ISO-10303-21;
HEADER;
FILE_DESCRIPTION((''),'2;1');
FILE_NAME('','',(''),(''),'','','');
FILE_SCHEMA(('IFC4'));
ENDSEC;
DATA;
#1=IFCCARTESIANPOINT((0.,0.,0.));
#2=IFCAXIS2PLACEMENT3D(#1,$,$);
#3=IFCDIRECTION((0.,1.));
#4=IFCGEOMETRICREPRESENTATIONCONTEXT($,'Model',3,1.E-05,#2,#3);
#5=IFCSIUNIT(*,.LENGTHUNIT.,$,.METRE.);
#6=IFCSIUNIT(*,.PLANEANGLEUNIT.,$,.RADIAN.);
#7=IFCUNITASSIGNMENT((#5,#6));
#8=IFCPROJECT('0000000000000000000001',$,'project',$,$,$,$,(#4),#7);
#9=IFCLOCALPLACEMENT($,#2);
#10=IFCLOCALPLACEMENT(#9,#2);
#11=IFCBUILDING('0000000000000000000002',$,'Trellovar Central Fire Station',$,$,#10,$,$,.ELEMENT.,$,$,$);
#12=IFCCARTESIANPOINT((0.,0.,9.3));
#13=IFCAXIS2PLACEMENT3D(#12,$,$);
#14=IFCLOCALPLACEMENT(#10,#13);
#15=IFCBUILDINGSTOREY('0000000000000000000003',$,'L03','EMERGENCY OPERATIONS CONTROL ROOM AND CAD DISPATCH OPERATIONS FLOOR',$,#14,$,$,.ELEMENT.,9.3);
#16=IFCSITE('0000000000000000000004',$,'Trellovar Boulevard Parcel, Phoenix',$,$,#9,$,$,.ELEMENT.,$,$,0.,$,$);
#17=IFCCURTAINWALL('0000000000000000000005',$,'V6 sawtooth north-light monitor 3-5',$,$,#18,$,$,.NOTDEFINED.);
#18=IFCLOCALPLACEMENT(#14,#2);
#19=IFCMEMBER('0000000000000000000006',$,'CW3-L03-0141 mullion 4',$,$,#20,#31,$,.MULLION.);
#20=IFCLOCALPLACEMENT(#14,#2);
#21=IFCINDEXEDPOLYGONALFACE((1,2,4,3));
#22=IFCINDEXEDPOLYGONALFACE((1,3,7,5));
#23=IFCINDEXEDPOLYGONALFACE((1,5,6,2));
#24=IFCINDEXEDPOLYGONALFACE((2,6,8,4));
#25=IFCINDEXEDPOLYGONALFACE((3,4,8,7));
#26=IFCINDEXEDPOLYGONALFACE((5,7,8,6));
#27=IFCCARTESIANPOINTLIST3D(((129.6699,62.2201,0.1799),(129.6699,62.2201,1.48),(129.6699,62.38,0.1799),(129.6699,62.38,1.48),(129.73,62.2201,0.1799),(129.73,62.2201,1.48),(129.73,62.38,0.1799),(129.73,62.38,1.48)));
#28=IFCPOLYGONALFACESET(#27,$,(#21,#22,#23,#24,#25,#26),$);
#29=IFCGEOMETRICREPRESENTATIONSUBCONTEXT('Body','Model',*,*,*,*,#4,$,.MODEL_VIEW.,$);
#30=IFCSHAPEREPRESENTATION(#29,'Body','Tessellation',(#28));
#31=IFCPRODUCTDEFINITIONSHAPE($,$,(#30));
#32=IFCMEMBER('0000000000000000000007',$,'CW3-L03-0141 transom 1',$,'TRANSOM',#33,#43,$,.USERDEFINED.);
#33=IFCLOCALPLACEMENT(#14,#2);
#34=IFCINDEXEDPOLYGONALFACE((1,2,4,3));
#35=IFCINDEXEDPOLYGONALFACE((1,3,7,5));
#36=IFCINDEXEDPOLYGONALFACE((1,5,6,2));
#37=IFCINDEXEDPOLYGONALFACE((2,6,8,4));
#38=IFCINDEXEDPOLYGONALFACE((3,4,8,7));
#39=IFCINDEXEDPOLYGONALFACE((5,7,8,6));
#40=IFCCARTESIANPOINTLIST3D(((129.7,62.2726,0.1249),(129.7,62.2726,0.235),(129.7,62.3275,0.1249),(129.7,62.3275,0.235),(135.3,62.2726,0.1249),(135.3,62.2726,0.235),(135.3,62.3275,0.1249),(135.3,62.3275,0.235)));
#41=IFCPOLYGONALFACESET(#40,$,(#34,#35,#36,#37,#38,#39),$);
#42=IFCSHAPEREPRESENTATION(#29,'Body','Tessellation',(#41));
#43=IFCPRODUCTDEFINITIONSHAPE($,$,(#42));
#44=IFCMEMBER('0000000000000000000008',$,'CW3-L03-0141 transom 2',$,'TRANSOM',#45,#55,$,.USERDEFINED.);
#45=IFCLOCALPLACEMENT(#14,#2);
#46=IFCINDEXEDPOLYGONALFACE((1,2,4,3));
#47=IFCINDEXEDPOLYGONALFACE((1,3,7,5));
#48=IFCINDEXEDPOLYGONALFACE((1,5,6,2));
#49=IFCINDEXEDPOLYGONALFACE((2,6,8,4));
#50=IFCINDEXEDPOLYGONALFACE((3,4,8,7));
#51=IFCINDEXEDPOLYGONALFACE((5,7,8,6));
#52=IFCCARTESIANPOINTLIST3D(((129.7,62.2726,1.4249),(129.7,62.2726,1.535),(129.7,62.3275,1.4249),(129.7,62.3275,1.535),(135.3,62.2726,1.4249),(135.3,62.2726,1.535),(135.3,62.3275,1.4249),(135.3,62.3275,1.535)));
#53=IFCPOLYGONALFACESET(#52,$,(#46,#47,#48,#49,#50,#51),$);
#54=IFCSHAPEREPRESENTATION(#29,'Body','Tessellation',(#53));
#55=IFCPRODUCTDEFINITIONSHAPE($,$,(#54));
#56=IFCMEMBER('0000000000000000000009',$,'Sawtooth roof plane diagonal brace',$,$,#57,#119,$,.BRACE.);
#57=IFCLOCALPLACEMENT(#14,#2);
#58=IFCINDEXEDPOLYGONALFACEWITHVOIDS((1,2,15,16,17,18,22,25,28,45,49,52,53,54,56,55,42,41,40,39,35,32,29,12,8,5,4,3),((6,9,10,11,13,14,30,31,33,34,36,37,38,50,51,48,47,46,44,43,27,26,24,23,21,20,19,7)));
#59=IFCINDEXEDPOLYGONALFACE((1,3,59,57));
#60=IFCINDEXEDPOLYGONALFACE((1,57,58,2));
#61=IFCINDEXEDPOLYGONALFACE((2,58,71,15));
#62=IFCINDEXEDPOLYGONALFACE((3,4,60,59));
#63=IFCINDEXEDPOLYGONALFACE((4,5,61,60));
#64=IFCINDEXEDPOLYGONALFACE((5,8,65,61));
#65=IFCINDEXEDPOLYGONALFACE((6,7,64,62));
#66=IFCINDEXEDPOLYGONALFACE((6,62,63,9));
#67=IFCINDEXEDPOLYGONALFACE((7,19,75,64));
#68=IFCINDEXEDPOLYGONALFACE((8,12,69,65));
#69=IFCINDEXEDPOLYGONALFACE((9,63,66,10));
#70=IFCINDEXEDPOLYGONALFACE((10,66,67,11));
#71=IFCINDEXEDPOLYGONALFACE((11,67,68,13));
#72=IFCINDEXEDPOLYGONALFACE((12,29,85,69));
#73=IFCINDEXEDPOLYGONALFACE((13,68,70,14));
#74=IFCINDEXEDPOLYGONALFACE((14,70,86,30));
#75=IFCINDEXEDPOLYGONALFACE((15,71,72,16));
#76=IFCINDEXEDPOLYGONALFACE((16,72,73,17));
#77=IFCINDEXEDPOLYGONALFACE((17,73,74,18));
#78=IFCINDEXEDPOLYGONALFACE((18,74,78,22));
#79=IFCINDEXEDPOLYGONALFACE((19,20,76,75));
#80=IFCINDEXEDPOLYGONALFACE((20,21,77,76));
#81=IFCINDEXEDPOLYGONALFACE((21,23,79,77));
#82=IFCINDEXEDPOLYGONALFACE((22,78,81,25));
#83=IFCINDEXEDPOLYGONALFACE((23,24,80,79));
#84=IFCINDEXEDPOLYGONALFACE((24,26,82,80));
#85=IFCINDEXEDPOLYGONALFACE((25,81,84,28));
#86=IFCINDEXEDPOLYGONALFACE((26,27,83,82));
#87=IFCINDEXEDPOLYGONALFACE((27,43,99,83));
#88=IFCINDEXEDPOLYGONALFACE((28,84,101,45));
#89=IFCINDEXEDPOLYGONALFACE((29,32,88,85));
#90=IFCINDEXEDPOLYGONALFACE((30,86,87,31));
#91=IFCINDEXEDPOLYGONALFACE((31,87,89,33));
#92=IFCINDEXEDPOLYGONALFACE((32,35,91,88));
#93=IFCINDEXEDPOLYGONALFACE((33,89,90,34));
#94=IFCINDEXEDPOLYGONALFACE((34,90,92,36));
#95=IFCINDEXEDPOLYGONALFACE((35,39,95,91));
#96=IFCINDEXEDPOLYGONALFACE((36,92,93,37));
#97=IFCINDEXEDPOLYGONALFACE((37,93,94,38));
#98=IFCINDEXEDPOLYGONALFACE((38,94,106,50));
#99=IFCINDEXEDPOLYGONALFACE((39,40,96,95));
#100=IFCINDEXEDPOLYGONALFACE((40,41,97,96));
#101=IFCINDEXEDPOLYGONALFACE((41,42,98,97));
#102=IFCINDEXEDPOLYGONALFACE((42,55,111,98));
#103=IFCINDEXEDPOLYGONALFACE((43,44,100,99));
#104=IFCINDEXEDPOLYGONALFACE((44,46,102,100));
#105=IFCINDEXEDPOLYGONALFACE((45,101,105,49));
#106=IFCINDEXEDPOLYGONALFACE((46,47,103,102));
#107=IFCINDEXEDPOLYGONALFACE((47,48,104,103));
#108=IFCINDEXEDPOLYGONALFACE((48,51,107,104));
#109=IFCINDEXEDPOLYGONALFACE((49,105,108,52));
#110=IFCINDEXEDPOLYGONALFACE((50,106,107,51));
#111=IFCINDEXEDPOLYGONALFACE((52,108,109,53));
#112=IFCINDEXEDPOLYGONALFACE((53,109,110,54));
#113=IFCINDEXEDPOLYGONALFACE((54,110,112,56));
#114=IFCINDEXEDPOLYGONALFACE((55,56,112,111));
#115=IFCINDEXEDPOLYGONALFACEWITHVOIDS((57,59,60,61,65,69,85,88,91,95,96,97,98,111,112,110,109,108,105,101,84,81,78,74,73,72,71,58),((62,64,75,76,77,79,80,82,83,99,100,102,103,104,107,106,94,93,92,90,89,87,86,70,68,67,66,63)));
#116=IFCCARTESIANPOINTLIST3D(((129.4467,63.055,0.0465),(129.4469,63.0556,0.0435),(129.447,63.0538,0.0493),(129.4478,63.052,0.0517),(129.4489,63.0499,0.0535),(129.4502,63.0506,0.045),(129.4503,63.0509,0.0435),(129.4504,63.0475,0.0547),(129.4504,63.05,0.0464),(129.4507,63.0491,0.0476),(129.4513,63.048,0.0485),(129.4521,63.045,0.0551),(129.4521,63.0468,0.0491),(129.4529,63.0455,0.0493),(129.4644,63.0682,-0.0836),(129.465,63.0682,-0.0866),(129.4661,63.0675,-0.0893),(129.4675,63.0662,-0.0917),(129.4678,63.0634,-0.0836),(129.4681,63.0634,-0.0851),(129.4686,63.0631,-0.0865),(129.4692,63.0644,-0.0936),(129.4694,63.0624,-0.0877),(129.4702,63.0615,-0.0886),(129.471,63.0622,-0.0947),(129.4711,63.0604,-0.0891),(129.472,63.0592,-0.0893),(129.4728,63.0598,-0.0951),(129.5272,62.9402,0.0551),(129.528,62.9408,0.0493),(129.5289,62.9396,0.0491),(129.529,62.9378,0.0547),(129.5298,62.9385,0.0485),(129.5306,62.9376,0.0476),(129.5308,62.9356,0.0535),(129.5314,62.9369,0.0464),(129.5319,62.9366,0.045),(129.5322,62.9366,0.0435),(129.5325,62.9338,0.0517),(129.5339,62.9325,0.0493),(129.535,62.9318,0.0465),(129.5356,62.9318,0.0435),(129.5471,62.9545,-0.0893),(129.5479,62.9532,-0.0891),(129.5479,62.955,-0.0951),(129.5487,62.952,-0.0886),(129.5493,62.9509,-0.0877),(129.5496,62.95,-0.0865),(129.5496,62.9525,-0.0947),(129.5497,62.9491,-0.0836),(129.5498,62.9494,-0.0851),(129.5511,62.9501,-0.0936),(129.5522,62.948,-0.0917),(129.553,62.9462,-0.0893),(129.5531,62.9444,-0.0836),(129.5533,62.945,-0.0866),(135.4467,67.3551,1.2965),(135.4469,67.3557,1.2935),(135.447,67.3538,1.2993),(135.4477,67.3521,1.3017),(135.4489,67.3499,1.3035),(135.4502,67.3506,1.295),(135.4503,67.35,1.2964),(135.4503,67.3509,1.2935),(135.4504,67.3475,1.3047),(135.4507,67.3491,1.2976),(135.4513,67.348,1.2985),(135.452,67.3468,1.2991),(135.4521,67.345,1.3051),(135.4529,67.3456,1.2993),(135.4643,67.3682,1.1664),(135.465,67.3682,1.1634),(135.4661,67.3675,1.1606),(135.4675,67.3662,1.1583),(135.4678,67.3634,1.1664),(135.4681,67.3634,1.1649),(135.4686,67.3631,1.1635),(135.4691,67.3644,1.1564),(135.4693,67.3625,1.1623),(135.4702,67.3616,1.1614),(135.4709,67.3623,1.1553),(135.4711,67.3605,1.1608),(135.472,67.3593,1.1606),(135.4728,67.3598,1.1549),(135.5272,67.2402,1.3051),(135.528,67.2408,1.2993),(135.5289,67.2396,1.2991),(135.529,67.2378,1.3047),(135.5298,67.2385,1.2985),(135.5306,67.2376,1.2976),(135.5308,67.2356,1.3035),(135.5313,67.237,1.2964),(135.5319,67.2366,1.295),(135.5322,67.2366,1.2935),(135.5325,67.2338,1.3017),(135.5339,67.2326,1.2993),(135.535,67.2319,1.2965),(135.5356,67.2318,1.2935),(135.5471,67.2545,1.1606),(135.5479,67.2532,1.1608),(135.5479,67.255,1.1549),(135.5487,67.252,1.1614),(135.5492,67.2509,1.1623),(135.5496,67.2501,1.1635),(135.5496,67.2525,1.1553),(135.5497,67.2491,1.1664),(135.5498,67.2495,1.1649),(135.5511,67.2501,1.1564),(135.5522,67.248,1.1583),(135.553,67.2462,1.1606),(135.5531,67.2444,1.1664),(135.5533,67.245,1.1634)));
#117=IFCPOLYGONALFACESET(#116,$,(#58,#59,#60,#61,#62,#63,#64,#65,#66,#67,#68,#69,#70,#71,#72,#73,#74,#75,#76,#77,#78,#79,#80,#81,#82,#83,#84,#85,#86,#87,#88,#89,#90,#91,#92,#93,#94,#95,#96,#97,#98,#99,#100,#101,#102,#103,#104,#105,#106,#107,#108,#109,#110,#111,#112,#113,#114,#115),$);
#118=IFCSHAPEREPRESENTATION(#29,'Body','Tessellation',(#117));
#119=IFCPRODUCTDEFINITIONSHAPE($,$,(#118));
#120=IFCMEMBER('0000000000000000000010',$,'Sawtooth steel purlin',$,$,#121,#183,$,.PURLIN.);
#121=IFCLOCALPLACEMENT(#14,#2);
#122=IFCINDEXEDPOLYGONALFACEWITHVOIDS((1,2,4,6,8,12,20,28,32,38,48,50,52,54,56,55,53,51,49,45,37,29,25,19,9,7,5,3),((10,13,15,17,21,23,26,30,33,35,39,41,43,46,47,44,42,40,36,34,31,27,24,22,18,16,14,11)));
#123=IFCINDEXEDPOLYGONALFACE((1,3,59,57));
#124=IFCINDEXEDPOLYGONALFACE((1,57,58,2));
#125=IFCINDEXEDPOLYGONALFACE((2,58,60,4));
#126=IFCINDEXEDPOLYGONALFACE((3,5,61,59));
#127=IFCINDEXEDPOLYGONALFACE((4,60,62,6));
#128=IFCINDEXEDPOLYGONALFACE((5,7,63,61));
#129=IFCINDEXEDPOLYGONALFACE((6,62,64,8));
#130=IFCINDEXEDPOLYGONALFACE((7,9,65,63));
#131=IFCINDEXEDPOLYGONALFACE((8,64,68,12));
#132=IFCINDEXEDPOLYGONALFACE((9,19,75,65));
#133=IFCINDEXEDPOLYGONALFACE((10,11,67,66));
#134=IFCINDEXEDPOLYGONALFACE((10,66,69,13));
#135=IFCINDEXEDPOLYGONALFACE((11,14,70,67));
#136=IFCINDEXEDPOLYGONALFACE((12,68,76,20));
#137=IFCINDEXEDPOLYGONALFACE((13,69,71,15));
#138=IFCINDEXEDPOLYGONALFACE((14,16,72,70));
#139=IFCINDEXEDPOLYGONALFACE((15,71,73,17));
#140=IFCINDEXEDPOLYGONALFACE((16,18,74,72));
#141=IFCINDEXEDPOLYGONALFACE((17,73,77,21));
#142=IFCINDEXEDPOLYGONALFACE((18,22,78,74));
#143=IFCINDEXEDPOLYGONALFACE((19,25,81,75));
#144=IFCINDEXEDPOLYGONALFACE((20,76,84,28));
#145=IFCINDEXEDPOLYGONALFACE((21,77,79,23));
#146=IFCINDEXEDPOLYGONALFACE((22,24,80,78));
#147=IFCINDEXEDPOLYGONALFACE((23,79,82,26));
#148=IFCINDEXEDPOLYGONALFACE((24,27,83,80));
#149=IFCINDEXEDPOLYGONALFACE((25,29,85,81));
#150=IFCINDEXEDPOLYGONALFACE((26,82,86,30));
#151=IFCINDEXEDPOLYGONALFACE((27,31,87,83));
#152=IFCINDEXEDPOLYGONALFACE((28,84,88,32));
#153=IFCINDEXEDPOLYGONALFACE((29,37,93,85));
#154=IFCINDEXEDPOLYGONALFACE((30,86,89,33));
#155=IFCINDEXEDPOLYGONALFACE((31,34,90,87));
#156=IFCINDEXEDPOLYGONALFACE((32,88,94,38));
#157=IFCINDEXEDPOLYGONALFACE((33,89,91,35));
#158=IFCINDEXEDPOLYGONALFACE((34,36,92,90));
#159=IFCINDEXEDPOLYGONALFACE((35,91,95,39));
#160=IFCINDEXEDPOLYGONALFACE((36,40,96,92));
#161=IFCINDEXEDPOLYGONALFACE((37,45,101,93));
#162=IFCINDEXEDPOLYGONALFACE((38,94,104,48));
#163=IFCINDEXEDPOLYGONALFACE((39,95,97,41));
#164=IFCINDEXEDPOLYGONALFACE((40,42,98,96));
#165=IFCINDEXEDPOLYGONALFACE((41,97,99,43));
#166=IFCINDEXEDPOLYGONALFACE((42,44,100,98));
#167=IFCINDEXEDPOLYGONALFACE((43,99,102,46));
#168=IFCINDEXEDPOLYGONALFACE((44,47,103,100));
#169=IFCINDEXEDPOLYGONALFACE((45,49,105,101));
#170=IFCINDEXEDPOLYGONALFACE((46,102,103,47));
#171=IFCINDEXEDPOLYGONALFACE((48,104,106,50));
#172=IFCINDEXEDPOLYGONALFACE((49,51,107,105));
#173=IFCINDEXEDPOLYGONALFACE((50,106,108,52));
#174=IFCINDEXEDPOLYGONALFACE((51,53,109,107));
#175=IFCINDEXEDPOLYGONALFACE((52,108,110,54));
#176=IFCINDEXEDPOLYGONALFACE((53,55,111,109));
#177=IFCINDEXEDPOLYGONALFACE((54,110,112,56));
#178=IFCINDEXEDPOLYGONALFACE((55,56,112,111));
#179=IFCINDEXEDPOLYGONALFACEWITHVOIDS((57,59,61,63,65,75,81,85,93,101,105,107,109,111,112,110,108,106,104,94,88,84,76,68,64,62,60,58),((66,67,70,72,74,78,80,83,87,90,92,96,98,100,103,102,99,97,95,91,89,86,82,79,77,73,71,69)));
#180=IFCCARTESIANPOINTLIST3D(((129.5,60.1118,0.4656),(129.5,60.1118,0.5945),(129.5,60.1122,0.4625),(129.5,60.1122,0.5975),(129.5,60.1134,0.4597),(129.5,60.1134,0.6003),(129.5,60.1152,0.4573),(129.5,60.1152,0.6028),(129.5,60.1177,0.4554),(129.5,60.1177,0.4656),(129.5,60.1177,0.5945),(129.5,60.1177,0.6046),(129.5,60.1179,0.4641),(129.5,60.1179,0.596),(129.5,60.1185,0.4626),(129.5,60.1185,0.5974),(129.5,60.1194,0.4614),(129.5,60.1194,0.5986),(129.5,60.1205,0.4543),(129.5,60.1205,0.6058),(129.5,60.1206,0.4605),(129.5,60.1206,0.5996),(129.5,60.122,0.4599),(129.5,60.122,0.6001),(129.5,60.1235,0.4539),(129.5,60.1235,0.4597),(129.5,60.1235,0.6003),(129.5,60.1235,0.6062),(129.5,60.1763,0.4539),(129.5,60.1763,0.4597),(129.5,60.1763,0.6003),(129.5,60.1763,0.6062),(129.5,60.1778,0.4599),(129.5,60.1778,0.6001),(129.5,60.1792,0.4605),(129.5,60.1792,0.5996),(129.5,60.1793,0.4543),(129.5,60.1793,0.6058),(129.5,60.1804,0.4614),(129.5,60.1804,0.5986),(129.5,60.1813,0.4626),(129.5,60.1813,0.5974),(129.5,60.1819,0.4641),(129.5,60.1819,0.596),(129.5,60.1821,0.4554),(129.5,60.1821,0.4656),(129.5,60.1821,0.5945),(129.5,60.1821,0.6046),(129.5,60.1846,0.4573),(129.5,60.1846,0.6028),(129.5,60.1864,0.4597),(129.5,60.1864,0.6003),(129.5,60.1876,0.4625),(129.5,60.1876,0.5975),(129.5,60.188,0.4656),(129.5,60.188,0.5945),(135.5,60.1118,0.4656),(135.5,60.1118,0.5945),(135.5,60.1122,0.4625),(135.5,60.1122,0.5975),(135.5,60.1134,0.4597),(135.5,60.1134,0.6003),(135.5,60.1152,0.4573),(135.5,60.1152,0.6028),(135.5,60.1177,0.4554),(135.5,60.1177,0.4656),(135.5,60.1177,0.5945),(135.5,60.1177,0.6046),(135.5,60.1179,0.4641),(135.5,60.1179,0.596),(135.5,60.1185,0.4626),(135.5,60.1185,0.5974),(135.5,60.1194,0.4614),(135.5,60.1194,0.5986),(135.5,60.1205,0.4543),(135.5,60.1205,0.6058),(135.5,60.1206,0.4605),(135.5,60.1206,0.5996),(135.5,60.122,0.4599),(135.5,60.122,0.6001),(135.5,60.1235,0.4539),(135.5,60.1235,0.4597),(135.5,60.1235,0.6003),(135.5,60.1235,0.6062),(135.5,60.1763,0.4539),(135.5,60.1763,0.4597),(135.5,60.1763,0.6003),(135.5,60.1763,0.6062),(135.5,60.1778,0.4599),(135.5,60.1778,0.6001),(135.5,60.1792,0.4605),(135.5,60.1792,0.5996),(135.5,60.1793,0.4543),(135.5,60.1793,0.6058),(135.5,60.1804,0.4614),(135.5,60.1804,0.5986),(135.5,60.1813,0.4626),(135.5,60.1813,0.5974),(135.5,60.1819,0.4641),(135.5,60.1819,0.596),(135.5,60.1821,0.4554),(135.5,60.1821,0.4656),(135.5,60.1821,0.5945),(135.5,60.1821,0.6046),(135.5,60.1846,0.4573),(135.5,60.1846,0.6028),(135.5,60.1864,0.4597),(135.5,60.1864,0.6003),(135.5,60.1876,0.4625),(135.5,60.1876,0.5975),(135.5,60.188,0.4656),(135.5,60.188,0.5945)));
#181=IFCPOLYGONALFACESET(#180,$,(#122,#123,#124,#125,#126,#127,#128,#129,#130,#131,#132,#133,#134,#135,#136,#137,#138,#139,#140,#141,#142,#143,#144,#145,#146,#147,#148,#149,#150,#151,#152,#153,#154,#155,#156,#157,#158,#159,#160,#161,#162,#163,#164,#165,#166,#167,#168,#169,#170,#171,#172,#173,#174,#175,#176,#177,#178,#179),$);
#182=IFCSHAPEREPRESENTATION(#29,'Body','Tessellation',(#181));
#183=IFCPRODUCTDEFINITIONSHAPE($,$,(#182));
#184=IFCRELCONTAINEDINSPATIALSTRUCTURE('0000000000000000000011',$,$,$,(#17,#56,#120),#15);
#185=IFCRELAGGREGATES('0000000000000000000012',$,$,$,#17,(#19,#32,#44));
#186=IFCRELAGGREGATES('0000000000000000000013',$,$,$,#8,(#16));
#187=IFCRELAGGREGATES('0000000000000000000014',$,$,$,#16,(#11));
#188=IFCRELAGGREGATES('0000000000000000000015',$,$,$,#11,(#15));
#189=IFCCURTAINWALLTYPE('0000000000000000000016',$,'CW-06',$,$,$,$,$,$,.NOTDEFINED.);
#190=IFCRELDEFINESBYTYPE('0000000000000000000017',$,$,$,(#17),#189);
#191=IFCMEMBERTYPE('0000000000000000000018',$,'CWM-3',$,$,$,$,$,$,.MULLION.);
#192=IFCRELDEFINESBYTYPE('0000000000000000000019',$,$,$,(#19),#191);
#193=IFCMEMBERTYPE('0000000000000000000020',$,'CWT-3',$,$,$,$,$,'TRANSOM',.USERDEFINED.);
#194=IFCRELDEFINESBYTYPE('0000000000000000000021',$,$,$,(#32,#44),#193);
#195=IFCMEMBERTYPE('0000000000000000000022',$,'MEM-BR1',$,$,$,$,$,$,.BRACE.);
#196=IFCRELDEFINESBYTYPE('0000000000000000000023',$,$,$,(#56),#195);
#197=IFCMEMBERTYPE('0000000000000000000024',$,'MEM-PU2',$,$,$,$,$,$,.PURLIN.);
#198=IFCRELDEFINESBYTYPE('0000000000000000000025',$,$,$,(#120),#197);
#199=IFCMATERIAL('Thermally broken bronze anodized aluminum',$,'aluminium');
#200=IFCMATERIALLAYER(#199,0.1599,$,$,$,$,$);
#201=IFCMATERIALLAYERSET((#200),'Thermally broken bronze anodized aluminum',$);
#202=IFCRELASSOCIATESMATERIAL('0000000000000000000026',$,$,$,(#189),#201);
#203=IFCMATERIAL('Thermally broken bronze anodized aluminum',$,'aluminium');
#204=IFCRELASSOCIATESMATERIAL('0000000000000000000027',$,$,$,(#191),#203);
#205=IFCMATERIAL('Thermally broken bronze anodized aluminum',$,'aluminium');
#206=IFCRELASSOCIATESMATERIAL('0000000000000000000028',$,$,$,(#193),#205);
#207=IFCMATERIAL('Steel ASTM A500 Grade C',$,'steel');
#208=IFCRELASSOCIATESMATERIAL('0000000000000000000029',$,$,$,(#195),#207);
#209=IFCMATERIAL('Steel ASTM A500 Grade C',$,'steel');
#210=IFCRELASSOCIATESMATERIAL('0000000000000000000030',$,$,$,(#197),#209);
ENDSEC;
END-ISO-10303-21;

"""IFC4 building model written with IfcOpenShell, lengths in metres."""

from ifc_helpers import new_model, si_unit, direction, frame, origin, origin_2d, place, context, subcontext, project, spatial, rectangle, hollow_rectangle, extrude, material, layer, layer_set, material_profile, profile_set, type_object, element, aggregate, save


model = new_model("IFC4")

# Units and contexts
model_context = context("Model", 3, precision=1e-05, world=origin(), true_north=direction((0.0, 1.0)))
body_context = subcontext(model_context, "Body", "Model", "MODEL_VIEW")
ifc_project = project(units=[si_unit("LENGTHUNIT", "METRE"), si_unit("PLANEANGLEUNIT", "RADIAN")], contexts=[model_context])

# Site, building, storey
site_placement = place(None, origin())
site = spatial("IfcSite", under=ifc_project, at=site_placement, Name="Trellovar Boulevard Parcel, Phoenix", CompositionType="ELEMENT", RefElevation=0.0)
building_placement = place(site_placement, origin())
building = spatial("IfcBuilding", under=site, at=building_placement, Name="Trellovar Central Fire Station", CompositionType="ELEMENT")
storey_placement = place(building_placement, frame((0.0, 0.0, 9.3)))
storey = spatial("IfcBuildingStorey", under=building, at=storey_placement, Name="L03", Description="EMERGENCY OPERATIONS CONTROL ROOM AND CAD DISPATCH OPERATIONS FLOOR", CompositionType="ELEMENT", Elevation=9.3)

# Curtain wall, members
ifc_material_1 = material(Name="Thermally broken bronze anodized aluminum", Category="aluminium")
ifc_layer_1 = layer(ifc_material_1, 0.1599)
ifc_layer_set_1 = layer_set([ifc_layer_1], Name="Thermally broken bronze anodized aluminum")
curtain_wall_type_1 = type_object("IfcCurtainWallType", Name="CW-06", PredefinedType="NOTDEFINED", material=ifc_layer_set_1)
curtain_wall_1_placement = place(storey_placement, origin())
curtain_wall_1 = element("IfcCurtainWall", 1, at=curtain_wall_1_placement, inside=storey, type_object=curtain_wall_type_1, Name="V6 sawtooth north-light monitor 3-5", PredefinedType="NOTDEFINED")
ifc_material_2 = material(Name="Thermally broken bronze anodized aluminum", Category="aluminium")
ifc_material_profile_1 = material_profile(ifc_material_2, rectangle(XDim=0.0601, YDim=0.1599, at=origin_2d()), Name="ALU60X160")
ifc_profile_set_1 = profile_set([ifc_material_profile_1], Name="Thermally broken bronze anodized aluminum")
member_type_1 = type_object("IfcMemberType", Name="CWM-3", PredefinedType="MULLION", material=ifc_profile_set_1)
member_1_placement = place(storey_placement, frame((129.7, 62.3, 0.1799), z_axis=(0.0, 0.0, 1.0), x_axis=(1.0, 0.0, 0.0)))
member_1 = element("IfcMember", 2, at=member_1_placement, type_object=member_type_1, Name="CW3-L03-0141 mullion 4", PredefinedType="MULLION", context=body_context, shape_type="SweptSolid", body=[
    extrude(rectangle(XDim=0.0601, YDim=0.1599, at=origin_2d()), origin(), (0.0, 0.0, 1.0), 1.3),
])
ifc_material_3 = material(Name="Thermally broken bronze anodized aluminum", Category="aluminium")
ifc_material_profile_2 = material_profile(ifc_material_3, rectangle(XDim=0.0549, YDim=0.1101, at=origin_2d()), Name="ALU55X110")
ifc_profile_set_2 = profile_set([ifc_material_profile_2], Name="Thermally broken bronze anodized aluminum")
member_type_2 = type_object("IfcMemberType", Name="CWT-3", ElementType="TRANSOM", PredefinedType="USERDEFINED", material=ifc_profile_set_2)
member_2_placement = place(storey_placement, frame((135.3, 62.3, 0.1799), z_axis=(-1.0, 0.0, 0.0), x_axis=(0.0, -1.0, 0.0)))
member_2 = element("IfcMember", 3, at=member_2_placement, type_object=member_type_2, Name="CW3-L03-0141 transom 1", ObjectType="TRANSOM", PredefinedType="USERDEFINED", context=body_context, shape_type="SweptSolid", body=[
    extrude(rectangle(XDim=0.0549, YDim=0.1101, at=origin_2d()), origin(), (0.0, 0.0, 1.0), 5.6001),
])
member_3_placement = place(storey_placement, frame((135.3, 62.3, 1.48), z_axis=(-1.0, 0.0, 0.0), x_axis=(0.0, -1.0, 0.0)))
member_3 = element("IfcMember", 4, at=member_3_placement, type_object=member_type_2, Name="CW3-L03-0141 transom 2", ObjectType="TRANSOM", PredefinedType="USERDEFINED", context=body_context, shape_type="SweptSolid", body=[
    extrude(rectangle(XDim=0.0549, YDim=0.1101, at=origin_2d()), origin(), (0.0, 0.0, 1.0), 5.6001),
])

# Members
ifc_material_4 = material(Name="Steel ASTM A500 Grade C", Category="steel")
ifc_material_profile_3 = material_profile(ifc_material_4, hollow_rectangle(XDim=0.1523, YDim=0.1523, WallThickness=0.0059, InnerFilletRadius=0.0059, OuterFilletRadius=0.0117, at=origin_2d()), Name="HSS6X6X1/4")
ifc_profile_set_3 = profile_set([ifc_material_profile_3], Name="Steel ASTM A500 Grade C")
member_type_3 = type_object("IfcMemberType", Name="MEM-BR1", PredefinedType="BRACE", material=ifc_profile_set_3)
member_4_placement = place(storey_placement, frame((129.5, 63.0, -0.02), z_axis=(0.801405, 0.574347, 0.166959), x_axis=(-0.582523, 0.812814, 0.0)))
element("IfcMember", 5, at=member_4_placement, inside=storey, type_object=member_type_3, Name="Sawtooth roof plane diagonal brace", PredefinedType="BRACE", context=body_context, shape_type="SweptSolid", body=[
    extrude(hollow_rectangle(XDim=0.1523, YDim=0.1523, WallThickness=0.0059, InnerFilletRadius=0.0059, OuterFilletRadius=0.0117, at=origin_2d()), origin(), (0.0, 0.0, 1.0), 7.4868),
])
ifc_material_5 = material(Name="Steel ASTM A500 Grade C", Category="steel")
ifc_material_profile_4 = material_profile(ifc_material_5, hollow_rectangle(XDim=0.0762, YDim=0.1523, WallThickness=0.0059, InnerFilletRadius=0.0059, OuterFilletRadius=0.0117, at=origin_2d()), Name="HSS6X3X1/4")
ifc_profile_set_4 = profile_set([ifc_material_profile_4], Name="Steel ASTM A500 Grade C")
member_type_4 = type_object("IfcMemberType", Name="MEM-PU2", PredefinedType="PURLIN", material=ifc_profile_set_4)
member_5_placement = place(storey_placement, frame((129.5, 60.1499, 0.53), z_axis=(1.0, 0.0, 0.0), x_axis=(0.0, 1.0, 0.0)))
element("IfcMember", 6, at=member_5_placement, inside=storey, type_object=member_type_4, Name="Sawtooth steel purlin", PredefinedType="PURLIN", context=body_context, shape_type="SweptSolid", body=[
    extrude(hollow_rectangle(XDim=0.0762, YDim=0.1523, WallThickness=0.0059, InnerFilletRadius=0.0059, OuterFilletRadius=0.0117, at=origin_2d()), origin(), (0.0, 0.0, 1.0), 6.0),
])

aggregate(curtain_wall_1, [member_1, member_2, member_3])

save(model, "model.ifc")
